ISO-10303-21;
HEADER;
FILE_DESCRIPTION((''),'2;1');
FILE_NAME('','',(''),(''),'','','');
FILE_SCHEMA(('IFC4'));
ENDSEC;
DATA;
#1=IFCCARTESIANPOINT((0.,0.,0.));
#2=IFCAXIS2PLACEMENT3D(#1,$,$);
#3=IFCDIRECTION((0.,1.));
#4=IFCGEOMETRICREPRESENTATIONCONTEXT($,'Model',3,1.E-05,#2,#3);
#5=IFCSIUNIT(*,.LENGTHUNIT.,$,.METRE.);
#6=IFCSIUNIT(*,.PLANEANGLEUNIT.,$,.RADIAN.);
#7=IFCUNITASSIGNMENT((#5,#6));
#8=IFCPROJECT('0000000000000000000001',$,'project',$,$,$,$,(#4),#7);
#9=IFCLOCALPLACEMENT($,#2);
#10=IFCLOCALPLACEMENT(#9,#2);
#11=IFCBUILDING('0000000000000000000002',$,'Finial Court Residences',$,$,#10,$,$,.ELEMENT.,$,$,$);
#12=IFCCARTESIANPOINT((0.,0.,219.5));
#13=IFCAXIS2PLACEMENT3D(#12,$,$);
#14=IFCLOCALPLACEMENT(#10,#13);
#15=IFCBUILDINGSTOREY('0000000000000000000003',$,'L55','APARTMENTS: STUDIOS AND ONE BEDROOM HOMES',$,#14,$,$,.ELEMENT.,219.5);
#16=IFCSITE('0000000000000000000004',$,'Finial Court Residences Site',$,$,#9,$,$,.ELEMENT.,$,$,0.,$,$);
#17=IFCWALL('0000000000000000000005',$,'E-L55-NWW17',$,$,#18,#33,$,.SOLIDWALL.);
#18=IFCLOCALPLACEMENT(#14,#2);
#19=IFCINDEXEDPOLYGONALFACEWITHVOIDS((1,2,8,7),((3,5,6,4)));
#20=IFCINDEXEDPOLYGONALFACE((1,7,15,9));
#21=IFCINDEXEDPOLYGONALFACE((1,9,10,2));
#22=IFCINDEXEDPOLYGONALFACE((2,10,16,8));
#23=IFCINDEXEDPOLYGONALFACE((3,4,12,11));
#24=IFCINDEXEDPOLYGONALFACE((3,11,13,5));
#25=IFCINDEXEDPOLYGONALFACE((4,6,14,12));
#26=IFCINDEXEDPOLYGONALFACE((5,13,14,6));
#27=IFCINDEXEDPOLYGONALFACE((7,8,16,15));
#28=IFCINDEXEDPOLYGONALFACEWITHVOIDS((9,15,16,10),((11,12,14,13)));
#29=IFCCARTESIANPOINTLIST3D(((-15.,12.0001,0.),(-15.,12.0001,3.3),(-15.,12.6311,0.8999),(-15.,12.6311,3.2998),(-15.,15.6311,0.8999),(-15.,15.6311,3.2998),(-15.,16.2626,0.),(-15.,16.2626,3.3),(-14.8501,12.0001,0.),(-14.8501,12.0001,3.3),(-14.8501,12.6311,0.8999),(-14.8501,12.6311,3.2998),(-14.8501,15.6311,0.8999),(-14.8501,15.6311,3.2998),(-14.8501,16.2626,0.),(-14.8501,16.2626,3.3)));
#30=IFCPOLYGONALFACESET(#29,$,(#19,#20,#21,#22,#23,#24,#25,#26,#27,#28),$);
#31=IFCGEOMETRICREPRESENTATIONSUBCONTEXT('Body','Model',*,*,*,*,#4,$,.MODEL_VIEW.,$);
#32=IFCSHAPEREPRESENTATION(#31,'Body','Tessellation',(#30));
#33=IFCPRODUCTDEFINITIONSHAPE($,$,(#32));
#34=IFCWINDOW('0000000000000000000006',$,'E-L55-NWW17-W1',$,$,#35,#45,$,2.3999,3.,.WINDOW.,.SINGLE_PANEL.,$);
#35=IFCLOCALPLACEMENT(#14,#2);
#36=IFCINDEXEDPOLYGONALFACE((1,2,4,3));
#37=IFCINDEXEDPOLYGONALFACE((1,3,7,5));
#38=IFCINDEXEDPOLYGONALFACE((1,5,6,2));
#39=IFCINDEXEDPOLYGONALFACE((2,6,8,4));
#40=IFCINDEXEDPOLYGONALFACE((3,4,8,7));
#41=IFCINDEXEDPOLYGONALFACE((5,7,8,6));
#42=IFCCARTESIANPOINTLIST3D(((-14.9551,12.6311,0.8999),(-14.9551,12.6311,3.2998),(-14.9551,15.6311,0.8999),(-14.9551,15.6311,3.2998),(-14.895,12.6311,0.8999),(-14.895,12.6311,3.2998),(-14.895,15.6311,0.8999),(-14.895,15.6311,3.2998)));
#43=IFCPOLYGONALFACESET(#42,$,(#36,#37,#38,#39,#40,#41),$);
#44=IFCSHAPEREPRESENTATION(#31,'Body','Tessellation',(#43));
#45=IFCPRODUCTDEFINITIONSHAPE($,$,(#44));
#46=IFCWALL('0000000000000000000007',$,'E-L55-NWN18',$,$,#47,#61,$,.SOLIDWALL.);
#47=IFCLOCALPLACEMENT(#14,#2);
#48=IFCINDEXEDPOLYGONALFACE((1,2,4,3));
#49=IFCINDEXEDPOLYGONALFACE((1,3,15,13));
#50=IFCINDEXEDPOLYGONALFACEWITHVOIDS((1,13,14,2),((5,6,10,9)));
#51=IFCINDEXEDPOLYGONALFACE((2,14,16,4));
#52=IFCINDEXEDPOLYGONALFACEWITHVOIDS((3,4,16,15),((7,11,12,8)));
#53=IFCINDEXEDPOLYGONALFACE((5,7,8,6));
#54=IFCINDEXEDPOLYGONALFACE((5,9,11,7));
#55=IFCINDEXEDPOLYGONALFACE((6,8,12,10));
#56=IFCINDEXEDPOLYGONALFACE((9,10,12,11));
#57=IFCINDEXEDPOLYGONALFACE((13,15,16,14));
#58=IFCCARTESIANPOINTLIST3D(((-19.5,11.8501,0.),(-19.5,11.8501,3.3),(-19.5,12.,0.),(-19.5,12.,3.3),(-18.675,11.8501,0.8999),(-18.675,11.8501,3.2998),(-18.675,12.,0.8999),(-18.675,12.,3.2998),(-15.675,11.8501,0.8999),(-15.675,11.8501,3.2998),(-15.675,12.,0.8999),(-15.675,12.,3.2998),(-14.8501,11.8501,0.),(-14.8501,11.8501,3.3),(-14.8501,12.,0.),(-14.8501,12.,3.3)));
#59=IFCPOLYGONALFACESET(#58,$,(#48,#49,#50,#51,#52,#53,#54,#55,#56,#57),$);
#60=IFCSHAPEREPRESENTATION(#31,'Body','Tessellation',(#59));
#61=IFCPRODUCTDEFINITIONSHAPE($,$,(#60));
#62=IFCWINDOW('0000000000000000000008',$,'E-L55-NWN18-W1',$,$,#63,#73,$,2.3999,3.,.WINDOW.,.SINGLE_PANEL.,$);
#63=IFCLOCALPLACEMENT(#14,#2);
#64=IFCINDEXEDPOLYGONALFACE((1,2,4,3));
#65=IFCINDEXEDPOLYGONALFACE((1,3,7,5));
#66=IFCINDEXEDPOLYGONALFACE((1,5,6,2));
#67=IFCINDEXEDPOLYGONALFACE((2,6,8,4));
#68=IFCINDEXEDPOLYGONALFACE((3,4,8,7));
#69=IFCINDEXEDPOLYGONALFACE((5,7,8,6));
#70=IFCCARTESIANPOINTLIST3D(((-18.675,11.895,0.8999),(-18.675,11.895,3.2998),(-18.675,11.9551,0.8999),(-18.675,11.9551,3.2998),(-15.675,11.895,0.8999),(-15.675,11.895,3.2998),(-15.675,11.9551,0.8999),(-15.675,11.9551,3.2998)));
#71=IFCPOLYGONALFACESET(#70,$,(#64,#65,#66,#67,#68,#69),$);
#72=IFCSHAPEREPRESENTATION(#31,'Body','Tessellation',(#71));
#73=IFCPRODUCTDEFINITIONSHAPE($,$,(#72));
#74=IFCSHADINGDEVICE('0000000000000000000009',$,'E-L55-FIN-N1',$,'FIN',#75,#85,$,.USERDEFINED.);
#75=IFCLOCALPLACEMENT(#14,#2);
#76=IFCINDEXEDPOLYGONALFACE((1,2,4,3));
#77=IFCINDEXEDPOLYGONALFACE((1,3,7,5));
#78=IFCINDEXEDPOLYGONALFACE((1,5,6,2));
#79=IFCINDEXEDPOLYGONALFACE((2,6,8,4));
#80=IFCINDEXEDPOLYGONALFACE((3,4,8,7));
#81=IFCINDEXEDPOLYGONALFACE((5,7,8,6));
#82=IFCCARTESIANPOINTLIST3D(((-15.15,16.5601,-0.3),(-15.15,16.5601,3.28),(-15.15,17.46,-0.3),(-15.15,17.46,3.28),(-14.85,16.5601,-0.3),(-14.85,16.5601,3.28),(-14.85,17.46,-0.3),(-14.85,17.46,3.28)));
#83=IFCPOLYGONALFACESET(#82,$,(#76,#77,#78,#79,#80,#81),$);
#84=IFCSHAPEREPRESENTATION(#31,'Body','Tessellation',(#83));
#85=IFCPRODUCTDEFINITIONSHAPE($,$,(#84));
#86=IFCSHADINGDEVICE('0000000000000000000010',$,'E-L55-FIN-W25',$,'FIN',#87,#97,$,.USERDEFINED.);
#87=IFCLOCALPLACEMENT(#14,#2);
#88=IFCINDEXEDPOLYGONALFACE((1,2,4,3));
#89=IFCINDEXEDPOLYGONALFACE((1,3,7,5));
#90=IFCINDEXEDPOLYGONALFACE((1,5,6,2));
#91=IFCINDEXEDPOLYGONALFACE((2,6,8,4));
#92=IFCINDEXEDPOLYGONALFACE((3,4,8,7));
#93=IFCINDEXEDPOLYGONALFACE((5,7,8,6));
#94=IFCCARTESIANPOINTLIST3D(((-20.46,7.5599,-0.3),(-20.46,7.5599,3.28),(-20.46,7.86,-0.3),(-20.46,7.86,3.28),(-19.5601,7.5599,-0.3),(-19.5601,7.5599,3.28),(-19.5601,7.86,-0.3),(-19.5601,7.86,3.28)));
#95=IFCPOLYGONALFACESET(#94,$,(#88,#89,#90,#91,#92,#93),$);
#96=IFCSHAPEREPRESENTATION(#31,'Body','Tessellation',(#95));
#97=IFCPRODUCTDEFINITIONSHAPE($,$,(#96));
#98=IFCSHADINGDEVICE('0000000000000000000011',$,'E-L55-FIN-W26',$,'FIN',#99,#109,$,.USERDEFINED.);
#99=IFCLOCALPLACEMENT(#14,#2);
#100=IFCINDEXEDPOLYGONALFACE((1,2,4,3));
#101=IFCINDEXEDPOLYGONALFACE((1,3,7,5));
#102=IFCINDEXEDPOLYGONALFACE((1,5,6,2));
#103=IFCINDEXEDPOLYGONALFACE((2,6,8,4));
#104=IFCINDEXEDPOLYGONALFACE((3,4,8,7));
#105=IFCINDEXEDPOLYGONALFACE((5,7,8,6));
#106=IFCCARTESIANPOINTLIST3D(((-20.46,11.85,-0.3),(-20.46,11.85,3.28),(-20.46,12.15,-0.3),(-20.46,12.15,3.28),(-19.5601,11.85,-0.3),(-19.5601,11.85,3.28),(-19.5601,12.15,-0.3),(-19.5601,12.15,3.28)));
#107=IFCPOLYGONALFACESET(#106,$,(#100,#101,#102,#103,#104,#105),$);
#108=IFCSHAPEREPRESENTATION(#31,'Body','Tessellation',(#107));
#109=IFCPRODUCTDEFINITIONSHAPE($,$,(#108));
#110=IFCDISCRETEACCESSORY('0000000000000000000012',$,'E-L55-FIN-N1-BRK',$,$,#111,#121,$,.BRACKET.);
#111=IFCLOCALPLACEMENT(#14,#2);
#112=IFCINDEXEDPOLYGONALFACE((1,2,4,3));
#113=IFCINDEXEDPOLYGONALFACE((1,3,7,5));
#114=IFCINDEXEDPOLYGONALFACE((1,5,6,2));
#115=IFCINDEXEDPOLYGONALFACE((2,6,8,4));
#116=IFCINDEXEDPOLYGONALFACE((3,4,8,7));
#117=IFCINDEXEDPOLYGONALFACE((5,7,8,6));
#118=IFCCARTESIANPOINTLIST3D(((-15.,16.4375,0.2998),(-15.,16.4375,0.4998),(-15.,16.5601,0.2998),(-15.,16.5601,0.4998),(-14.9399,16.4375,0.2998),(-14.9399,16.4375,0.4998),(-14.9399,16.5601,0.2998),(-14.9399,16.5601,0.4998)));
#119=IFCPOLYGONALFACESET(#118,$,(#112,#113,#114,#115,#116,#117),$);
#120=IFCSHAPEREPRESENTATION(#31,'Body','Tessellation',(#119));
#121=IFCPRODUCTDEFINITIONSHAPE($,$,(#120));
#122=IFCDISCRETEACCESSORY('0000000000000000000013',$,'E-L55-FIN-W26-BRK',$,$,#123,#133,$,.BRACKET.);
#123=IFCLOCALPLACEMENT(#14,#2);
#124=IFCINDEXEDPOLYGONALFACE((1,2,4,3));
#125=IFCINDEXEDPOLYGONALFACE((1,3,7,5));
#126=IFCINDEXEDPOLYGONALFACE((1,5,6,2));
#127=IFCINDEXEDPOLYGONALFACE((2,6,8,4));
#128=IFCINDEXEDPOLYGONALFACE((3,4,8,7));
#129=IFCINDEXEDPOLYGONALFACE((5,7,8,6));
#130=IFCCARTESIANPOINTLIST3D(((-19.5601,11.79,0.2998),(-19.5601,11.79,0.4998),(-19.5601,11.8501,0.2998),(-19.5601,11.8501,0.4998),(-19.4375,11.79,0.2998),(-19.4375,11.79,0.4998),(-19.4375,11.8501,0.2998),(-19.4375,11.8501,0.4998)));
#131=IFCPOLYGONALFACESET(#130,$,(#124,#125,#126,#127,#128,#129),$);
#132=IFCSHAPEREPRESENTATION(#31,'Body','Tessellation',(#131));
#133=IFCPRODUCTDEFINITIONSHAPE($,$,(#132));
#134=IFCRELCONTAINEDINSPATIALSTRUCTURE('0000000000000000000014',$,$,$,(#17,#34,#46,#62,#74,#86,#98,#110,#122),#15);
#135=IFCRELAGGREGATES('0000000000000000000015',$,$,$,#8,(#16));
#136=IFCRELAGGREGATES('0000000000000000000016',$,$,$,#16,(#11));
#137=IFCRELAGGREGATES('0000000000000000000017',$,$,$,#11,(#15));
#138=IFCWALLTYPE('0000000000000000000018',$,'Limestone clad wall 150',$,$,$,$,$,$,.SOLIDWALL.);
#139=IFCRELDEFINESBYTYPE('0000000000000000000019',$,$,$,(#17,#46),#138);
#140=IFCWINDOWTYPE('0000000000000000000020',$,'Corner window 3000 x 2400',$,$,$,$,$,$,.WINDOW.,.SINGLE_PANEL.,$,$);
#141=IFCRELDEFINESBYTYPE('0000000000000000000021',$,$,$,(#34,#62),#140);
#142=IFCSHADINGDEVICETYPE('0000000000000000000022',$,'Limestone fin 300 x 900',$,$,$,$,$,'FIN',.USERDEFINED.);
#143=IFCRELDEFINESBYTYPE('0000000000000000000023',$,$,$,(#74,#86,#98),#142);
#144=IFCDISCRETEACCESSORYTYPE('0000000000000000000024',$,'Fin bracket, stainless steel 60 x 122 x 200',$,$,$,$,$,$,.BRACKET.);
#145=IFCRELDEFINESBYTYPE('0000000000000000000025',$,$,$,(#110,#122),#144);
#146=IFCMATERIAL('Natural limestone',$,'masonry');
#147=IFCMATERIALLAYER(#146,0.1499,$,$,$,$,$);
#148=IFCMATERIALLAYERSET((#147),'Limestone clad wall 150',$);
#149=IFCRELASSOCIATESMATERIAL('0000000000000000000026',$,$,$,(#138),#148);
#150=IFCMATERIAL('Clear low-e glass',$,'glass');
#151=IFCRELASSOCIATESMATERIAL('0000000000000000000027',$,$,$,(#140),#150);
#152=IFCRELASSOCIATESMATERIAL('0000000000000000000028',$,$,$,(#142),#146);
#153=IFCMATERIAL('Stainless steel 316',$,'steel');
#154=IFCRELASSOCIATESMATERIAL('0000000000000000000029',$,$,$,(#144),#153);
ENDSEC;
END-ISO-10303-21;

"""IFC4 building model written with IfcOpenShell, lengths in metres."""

from ifc_helpers import new_model, si_unit, direction, frame, frame_2d, origin, origin_2d, place, context, subcontext, project, spatial, rectangle, extrude, material, layer, layer_set, type_object, element, fill, save


model = new_model("IFC4")

# Units and contexts
model_context = context("Model", 3, precision=1e-05, world=origin(), true_north=direction((0.0, 1.0)))
body_context = subcontext(model_context, "Body", "Model", "MODEL_VIEW")
ifc_project = project(units=[si_unit("LENGTHUNIT", "METRE"), si_unit("PLANEANGLEUNIT", "RADIAN")], contexts=[model_context])

# Site, building, storey
site_placement = place(None, origin())
site = spatial("IfcSite", under=ifc_project, at=site_placement, Name="Finial Court Residences Site", CompositionType="ELEMENT", RefElevation=0.0)
building_placement = place(site_placement, origin())
building = spatial("IfcBuilding", under=site, at=building_placement, Name="Finial Court Residences", CompositionType="ELEMENT")
storey_placement = place(building_placement, frame((0.0, 0.0, 219.5)))
storey = spatial("IfcBuildingStorey", under=building, at=storey_placement, Name="L55", Description="APARTMENTS: STUDIOS AND ONE BEDROOM HOMES", CompositionType="ELEMENT", Elevation=219.5)

# Shared definitions
ifc_material_1 = material(Name="Clear low-e glass", Category="glass")

# Walls, openings, windows
ifc_material_2 = material(Name="Natural limestone", Category="masonry")
ifc_layer_1 = layer(ifc_material_2, 0.1499)
ifc_layer_set_1 = layer_set([ifc_layer_1], Name="Limestone clad wall 150")
wall_type_1 = type_object("IfcWallType", Name="Limestone clad wall 150", PredefinedType="SOLIDWALL", material=ifc_layer_set_1)
wall_1_placement = place(storey_placement, frame((-14.925, 12.0, 0.0), z_axis=(0.0, 0.0, 1.0), x_axis=(0.0, 1.0, 0.0)))
wall_1 = element("IfcWall", 1, at=wall_1_placement, inside=storey, type_object=wall_type_1, Name="E-L55-NWW17", PredefinedType="SOLIDWALL", context=body_context, shape_type="SweptSolid", body=[
    extrude(rectangle(XDim=4.2625, YDim=0.1499, at=frame_2d((2.1313, 0.0))), origin(), (0.0, 0.0, 1.0), 3.3),
])
opening_1_placement = place(wall_1_placement, frame((0.6311, 0.0, 0.8999)))
opening_1 = element("IfcOpeningElement", 2, at=opening_1_placement, cuts=wall_1, PredefinedType="OPENING", context=body_context, shape_type="SweptSolid", body=[
    extrude(rectangle(XDim=3.0, YDim=2.3999, at=frame_2d((1.5, 1.2))), frame((0.0, 0.085, 0.0), z_axis=(0.0, -1.0, 0.0), x_axis=(1.0, 0.0, 0.0)), (0.0, 0.0, 1.0), 0.1699),
])
window_type = type_object("IfcWindowType", Name="Corner window 3000 x 2400", PartitioningType="SINGLE_PANEL", PredefinedType="WINDOW", material=ifc_material_1)
window_1_placement = place(opening_1_placement, origin())
window_1 = element("IfcWindow", 3, at=window_1_placement, inside=storey, type_object=window_type, Name="E-L55-NWW17-W1", OverallHeight=2.3999, OverallWidth=3.0, PartitioningType="SINGLE_PANEL", PredefinedType="WINDOW", context=body_context, shape_type="SweptSolid", body=[
    extrude(rectangle(XDim=3.0, YDim=2.3999, at=frame_2d((1.5, 1.2))), frame((0.0, 0.03, 0.0), z_axis=(0.0, -1.0, 0.0), x_axis=(1.0, 0.0, 0.0)), (0.0, 0.0, 1.0), 0.0601),
])
fill(opening_1, window_1)
wall_2_placement = place(storey_placement, frame((-19.5, 11.925, 0.0), z_axis=(0.0, 0.0, 1.0), x_axis=(1.0, 0.0, 0.0)))
wall_2 = element("IfcWall", 4, at=wall_2_placement, inside=storey, type_object=wall_type_1, Name="E-L55-NWN18", PredefinedType="SOLIDWALL", context=body_context, shape_type="SweptSolid", body=[
    extrude(rectangle(XDim=4.6499, YDim=0.1499, at=frame_2d((2.325, 0.0))), origin(), (0.0, 0.0, 1.0), 3.3),
])
opening_2_placement = place(wall_2_placement, frame((0.825, 0.0, 0.8999)))
opening_2 = element("IfcOpeningElement", 5, at=opening_2_placement, cuts=wall_2, PredefinedType="OPENING", context=body_context, shape_type="SweptSolid", body=[
    extrude(rectangle(XDim=3.0, YDim=2.3999, at=frame_2d((1.5, 1.2))), frame((0.0, 0.085, 0.0), z_axis=(0.0, -1.0, 0.0), x_axis=(1.0, 0.0, 0.0)), (0.0, 0.0, 1.0), 0.1699),
])
window_2_placement = place(opening_2_placement, origin())
window_2 = element("IfcWindow", 6, at=window_2_placement, inside=storey, type_object=window_type, Name="E-L55-NWN18-W1", OverallHeight=2.3999, OverallWidth=3.0, PartitioningType="SINGLE_PANEL", PredefinedType="WINDOW", context=body_context, shape_type="SweptSolid", body=[
    extrude(rectangle(XDim=3.0, YDim=2.3999, at=frame_2d((1.5, 1.2))), frame((0.0, 0.03, 0.0), z_axis=(0.0, -1.0, 0.0), x_axis=(1.0, 0.0, 0.0)), (0.0, 0.0, 1.0), 0.0601),
])
fill(opening_2, window_2)

# Shading devices
shading_device_type = type_object("IfcShadingDeviceType", Name="Limestone fin 300 x 900", ElementType="FIN", PredefinedType="USERDEFINED", material=ifc_material_2)
shading_device_placement = place(storey_placement, frame((-15.0, 17.01, -0.3), z_axis=(0.0, 0.0, 1.0), x_axis=(1.0, 0.0, 0.0)))
element("IfcShadingDevice", 7, at=shading_device_placement, inside=storey, type_object=shading_device_type, Name="E-L55-FIN-N1", ObjectType="FIN", PredefinedType="USERDEFINED", context=body_context, shape_type="SweptSolid", body=[
    extrude(rectangle(XDim=0.3, YDim=0.8999, at=origin_2d()), origin(), (0.0, 0.0, 1.0), 3.5801),
])
for number, where, z_axis, x_axis, name in (
    (8, (-20.01, 7.71, -0.3), (0.0, 0.0, 1.0), (1.0, 0.0, 0.0), "E-L55-FIN-W25"),
    (9, (-20.01, 12.0, -0.3), (0.0, 0.0, 1.0), (1.0, 0.0, 0.0), "E-L55-FIN-W26"),
):
    element("IfcShadingDevice", number, at=place(storey_placement, frame(where, z_axis=z_axis, x_axis=x_axis)), inside=storey, type_object=shading_device_type, Name=name, ObjectType="FIN", PredefinedType="USERDEFINED", context=body_context, shape_type="SweptSolid", body=[
        extrude(rectangle(XDim=0.8999, YDim=0.3, at=origin_2d()), origin(), (0.0, 0.0, 1.0), 3.5801),
    ])

# Discrete accessories
ifc_material_3 = material(Name="Stainless steel 316", Category="steel")
discrete_accessory_type = type_object("IfcDiscreteAccessoryType", Name="Fin bracket, stainless steel 60 x 122 x 200", PredefinedType="BRACKET", material=ifc_material_3)
discrete_accessory_1_placement = place(storey_placement, frame((-14.97, 16.4988, 0.2998), z_axis=(0.0, 0.0, 1.0), x_axis=(1.0, 0.0, 0.0)))
element("IfcDiscreteAccessory", 10, at=discrete_accessory_1_placement, inside=storey, type_object=discrete_accessory_type, Name="E-L55-FIN-N1-BRK", PredefinedType="BRACKET", context=body_context, shape_type="SweptSolid", body=[
    extrude(rectangle(XDim=0.0601, YDim=0.1226, at=origin_2d()), origin(), (0.0, 0.0, 1.0), 0.2),
])
discrete_accessory_2_placement = place(storey_placement, frame((-19.4988, 11.8201, 0.2998), z_axis=(0.0, 0.0, 1.0), x_axis=(1.0, 0.0, 0.0)))
element("IfcDiscreteAccessory", 11, at=discrete_accessory_2_placement, inside=storey, type_object=discrete_accessory_type, Name="E-L55-FIN-W26-BRK", PredefinedType="BRACKET", context=body_context, shape_type="SweptSolid", body=[
    extrude(rectangle(XDim=0.1226, YDim=0.0601, at=origin_2d()), origin(), (0.0, 0.0, 1.0), 0.2),
])

save(model, "model.ifc")
